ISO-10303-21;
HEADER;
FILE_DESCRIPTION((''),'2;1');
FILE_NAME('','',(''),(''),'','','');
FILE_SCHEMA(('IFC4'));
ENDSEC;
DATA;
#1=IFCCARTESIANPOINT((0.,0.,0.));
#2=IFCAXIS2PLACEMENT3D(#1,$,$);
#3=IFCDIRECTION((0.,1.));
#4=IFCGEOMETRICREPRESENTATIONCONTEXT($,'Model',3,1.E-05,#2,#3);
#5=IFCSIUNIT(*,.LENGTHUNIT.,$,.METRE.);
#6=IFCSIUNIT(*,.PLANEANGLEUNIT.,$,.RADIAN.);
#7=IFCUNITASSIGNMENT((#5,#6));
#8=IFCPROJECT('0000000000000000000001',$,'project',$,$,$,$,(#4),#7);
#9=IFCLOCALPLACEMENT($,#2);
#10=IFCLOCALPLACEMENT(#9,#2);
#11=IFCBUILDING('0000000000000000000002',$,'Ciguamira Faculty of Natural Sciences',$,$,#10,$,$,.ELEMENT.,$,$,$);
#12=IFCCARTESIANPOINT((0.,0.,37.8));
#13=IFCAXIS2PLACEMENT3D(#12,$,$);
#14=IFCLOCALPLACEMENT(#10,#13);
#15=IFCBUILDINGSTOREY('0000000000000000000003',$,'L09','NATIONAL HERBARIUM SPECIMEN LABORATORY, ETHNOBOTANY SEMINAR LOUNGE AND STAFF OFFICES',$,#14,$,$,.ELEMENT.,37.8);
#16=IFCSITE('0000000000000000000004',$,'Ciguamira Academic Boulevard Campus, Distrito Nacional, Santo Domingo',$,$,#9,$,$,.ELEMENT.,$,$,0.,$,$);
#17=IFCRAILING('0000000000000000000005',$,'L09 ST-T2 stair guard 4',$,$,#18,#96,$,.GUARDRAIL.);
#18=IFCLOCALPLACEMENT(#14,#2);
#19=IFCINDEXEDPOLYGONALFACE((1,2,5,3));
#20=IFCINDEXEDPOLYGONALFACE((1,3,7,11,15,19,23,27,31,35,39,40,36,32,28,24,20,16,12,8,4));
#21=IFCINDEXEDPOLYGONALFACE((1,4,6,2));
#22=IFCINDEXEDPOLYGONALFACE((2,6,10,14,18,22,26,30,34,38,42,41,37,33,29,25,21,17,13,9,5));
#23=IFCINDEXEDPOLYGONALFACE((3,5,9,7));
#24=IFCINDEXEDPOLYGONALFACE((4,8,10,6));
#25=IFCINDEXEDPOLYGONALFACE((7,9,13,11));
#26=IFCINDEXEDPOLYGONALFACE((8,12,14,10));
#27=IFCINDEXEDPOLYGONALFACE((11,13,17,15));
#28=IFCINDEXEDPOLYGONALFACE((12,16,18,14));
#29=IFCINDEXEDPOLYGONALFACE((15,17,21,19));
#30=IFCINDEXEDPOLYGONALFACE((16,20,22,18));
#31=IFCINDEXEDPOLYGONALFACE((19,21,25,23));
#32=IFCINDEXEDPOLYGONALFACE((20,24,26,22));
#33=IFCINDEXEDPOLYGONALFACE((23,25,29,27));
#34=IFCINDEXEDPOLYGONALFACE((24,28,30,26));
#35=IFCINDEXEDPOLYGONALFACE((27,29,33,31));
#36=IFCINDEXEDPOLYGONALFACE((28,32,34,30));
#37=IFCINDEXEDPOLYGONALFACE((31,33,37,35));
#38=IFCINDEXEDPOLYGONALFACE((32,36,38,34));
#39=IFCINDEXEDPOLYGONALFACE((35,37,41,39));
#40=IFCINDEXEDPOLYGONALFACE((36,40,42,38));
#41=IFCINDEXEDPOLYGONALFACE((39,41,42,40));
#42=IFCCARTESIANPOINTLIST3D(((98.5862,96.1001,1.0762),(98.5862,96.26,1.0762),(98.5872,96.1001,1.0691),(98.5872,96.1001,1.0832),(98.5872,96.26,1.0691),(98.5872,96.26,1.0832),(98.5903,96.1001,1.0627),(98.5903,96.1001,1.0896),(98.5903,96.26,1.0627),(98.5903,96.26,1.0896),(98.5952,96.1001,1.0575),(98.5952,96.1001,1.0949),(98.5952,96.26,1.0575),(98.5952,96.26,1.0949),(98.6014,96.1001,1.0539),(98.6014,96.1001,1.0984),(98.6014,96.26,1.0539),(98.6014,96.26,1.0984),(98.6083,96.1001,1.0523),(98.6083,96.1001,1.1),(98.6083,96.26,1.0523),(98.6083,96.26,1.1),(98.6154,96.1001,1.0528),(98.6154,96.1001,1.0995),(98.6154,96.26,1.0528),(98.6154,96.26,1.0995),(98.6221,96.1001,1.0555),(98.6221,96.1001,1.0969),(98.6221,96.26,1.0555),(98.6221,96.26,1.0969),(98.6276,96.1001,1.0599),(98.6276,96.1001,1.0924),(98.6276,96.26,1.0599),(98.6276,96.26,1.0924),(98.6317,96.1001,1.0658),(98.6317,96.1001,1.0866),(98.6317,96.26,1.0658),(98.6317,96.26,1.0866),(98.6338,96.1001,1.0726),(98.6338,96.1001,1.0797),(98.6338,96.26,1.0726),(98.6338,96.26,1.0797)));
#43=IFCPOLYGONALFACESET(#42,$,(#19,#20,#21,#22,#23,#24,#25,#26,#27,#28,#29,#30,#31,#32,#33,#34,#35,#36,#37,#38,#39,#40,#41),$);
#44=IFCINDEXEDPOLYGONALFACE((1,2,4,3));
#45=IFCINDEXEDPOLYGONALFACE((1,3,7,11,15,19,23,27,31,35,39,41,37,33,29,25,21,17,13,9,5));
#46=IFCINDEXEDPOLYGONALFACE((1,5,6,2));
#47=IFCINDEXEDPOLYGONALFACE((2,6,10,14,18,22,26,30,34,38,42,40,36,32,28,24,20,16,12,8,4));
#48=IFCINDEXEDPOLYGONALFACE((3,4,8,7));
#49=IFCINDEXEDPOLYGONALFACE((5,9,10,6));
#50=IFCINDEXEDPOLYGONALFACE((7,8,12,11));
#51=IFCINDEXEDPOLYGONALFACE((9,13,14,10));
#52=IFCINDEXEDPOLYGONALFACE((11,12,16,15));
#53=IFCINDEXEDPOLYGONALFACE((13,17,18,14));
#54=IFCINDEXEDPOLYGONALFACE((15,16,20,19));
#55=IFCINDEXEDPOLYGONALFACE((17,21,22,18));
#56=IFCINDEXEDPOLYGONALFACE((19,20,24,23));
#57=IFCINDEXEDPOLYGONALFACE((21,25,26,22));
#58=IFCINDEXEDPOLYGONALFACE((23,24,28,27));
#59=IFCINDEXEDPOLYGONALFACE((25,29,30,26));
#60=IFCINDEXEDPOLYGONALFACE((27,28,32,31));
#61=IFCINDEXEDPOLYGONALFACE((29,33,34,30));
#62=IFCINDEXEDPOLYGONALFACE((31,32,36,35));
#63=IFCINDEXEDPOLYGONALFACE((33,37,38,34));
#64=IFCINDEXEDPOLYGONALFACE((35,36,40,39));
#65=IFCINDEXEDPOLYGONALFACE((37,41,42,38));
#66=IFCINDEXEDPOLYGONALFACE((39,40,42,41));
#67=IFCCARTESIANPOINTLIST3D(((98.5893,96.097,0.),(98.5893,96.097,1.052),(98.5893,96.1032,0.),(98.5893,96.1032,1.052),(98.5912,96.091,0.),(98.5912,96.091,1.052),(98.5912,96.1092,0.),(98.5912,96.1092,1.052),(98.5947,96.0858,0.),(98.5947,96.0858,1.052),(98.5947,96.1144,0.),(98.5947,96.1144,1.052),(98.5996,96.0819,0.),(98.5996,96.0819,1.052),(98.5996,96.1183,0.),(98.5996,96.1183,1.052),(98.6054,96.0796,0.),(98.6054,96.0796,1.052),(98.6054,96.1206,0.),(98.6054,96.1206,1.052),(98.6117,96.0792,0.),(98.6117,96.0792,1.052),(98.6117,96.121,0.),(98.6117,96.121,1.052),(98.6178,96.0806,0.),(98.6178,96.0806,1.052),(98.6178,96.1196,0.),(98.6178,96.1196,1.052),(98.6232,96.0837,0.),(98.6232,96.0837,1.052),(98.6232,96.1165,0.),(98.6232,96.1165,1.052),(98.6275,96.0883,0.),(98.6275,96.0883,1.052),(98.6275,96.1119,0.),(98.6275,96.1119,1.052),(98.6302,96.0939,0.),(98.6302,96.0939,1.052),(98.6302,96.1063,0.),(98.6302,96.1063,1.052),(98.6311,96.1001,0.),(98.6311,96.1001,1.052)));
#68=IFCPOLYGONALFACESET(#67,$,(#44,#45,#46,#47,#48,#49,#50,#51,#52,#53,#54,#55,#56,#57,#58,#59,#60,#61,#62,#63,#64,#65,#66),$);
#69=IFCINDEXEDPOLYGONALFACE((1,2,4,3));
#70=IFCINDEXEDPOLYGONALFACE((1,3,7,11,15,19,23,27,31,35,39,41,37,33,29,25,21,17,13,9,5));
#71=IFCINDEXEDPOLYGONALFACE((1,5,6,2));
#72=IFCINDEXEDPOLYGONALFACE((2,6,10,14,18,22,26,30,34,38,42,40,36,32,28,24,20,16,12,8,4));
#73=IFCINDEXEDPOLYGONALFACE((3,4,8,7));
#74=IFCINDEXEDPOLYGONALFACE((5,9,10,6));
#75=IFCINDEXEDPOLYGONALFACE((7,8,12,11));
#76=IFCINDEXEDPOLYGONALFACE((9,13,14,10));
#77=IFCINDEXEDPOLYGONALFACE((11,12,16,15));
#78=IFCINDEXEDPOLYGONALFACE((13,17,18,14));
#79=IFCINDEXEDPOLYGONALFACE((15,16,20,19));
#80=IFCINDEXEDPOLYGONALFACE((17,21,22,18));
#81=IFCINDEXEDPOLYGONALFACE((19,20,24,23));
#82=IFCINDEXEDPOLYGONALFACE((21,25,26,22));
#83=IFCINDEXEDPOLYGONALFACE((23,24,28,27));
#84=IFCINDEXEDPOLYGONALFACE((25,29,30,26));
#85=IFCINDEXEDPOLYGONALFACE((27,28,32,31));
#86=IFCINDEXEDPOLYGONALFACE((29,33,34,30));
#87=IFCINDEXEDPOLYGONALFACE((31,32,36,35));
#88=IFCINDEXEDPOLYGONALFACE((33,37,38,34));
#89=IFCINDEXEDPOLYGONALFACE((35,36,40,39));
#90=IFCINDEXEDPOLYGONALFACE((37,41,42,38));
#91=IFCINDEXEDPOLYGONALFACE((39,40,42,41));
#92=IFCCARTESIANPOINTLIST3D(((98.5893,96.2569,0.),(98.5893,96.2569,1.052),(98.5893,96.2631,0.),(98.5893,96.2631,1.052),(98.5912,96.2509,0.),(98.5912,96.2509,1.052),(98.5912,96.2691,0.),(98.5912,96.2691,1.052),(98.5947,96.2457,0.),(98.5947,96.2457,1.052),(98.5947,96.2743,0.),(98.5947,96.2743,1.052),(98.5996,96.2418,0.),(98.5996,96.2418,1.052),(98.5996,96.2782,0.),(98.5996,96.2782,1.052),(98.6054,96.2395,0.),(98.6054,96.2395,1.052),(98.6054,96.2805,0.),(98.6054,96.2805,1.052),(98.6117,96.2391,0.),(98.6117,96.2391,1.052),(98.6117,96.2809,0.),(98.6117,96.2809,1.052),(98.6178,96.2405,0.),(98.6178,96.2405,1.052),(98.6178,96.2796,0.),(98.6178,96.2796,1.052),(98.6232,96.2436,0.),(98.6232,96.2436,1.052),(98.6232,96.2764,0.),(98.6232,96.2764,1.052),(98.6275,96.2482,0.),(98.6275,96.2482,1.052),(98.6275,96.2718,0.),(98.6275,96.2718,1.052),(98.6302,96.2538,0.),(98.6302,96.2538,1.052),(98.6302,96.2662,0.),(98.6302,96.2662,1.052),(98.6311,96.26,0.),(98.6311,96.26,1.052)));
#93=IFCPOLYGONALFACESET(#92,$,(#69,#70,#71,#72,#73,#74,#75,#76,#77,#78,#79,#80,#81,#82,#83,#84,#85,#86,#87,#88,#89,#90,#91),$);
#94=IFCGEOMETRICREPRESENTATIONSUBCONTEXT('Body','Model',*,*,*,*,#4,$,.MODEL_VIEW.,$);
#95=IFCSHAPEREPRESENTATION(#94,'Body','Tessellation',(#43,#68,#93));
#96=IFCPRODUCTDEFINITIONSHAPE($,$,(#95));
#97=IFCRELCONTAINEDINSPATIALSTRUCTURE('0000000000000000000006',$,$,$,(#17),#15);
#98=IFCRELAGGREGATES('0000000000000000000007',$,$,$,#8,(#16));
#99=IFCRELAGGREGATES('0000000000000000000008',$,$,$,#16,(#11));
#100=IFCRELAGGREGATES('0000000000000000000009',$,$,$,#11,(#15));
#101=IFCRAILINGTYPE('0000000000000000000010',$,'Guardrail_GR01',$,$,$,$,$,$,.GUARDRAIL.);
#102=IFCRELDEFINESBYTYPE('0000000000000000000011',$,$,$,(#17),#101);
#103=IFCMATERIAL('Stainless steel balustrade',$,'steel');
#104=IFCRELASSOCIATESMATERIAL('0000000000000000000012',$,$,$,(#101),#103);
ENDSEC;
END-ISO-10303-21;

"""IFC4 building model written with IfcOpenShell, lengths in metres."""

from ifc_helpers import new_model, si_unit, direction, frame, origin, origin_2d, place, context, subcontext, project, spatial, circle, extrude, material, type_object, element, save


model = new_model("IFC4")

# Units and contexts
model_context = context("Model", 3, precision=1e-05, world=origin(), true_north=direction((0.0, 1.0)))
body_context = subcontext(model_context, "Body", "Model", "MODEL_VIEW")
ifc_project = project(units=[si_unit("LENGTHUNIT", "METRE"), si_unit("PLANEANGLEUNIT", "RADIAN")], contexts=[model_context])

# Site, building, storey
site_placement = place(None, origin())
site = spatial("IfcSite", under=ifc_project, at=site_placement, Name="Ciguamira Academic Boulevard Campus, Distrito Nacional, Santo Domingo", CompositionType="ELEMENT", RefElevation=0.0)
building_placement = place(site_placement, origin())
building = spatial("IfcBuilding", under=site, at=building_placement, Name="Ciguamira Faculty of Natural Sciences", CompositionType="ELEMENT")
storey_placement = place(building_placement, frame((0.0, 0.0, 37.8)))
storey = spatial("IfcBuildingStorey", under=building, at=storey_placement, Name="L09", Description="NATIONAL HERBARIUM SPECIMEN LABORATORY, ETHNOBOTANY SEMINAR LOUNGE AND STAFF OFFICES", CompositionType="ELEMENT", Elevation=37.8)

# Railing
ifc_material_1 = material(Name="Stainless steel balustrade", Category="steel")
railing_type_1 = type_object("IfcRailingType", Name="Guardrail_GR01", PredefinedType="GUARDRAIL", material=ifc_material_1)
railing_1_placement = place(storey_placement, frame((98.6101, 96.1001, 0.0)))
element("IfcRailing", 1, at=railing_1_placement, inside=storey, type_object=railing_type_1, Name="L09 ST-T2 stair guard 4", PredefinedType="GUARDRAIL", context=body_context, shape_type="SweptSolid", body=[
    extrude(circle(Radius=0.0239, at=origin_2d()), frame((0.0, 0.0, 1.0762), z_axis=(0.0, 1.0, 0.0), x_axis=(-1.0, 0.0, 0.0)), (0.0, 0.0, 1.0), 0.1599),
    extrude(circle(Radius=0.021, at=origin_2d()), origin(), (0.0, 0.0, 1.0), 1.052),
    extrude(circle(Radius=0.021, at=origin_2d()), frame((0.0, 0.1599, 0.0)), (0.0, 0.0, 1.0), 1.052),
])

save(model, "model.ifc")
